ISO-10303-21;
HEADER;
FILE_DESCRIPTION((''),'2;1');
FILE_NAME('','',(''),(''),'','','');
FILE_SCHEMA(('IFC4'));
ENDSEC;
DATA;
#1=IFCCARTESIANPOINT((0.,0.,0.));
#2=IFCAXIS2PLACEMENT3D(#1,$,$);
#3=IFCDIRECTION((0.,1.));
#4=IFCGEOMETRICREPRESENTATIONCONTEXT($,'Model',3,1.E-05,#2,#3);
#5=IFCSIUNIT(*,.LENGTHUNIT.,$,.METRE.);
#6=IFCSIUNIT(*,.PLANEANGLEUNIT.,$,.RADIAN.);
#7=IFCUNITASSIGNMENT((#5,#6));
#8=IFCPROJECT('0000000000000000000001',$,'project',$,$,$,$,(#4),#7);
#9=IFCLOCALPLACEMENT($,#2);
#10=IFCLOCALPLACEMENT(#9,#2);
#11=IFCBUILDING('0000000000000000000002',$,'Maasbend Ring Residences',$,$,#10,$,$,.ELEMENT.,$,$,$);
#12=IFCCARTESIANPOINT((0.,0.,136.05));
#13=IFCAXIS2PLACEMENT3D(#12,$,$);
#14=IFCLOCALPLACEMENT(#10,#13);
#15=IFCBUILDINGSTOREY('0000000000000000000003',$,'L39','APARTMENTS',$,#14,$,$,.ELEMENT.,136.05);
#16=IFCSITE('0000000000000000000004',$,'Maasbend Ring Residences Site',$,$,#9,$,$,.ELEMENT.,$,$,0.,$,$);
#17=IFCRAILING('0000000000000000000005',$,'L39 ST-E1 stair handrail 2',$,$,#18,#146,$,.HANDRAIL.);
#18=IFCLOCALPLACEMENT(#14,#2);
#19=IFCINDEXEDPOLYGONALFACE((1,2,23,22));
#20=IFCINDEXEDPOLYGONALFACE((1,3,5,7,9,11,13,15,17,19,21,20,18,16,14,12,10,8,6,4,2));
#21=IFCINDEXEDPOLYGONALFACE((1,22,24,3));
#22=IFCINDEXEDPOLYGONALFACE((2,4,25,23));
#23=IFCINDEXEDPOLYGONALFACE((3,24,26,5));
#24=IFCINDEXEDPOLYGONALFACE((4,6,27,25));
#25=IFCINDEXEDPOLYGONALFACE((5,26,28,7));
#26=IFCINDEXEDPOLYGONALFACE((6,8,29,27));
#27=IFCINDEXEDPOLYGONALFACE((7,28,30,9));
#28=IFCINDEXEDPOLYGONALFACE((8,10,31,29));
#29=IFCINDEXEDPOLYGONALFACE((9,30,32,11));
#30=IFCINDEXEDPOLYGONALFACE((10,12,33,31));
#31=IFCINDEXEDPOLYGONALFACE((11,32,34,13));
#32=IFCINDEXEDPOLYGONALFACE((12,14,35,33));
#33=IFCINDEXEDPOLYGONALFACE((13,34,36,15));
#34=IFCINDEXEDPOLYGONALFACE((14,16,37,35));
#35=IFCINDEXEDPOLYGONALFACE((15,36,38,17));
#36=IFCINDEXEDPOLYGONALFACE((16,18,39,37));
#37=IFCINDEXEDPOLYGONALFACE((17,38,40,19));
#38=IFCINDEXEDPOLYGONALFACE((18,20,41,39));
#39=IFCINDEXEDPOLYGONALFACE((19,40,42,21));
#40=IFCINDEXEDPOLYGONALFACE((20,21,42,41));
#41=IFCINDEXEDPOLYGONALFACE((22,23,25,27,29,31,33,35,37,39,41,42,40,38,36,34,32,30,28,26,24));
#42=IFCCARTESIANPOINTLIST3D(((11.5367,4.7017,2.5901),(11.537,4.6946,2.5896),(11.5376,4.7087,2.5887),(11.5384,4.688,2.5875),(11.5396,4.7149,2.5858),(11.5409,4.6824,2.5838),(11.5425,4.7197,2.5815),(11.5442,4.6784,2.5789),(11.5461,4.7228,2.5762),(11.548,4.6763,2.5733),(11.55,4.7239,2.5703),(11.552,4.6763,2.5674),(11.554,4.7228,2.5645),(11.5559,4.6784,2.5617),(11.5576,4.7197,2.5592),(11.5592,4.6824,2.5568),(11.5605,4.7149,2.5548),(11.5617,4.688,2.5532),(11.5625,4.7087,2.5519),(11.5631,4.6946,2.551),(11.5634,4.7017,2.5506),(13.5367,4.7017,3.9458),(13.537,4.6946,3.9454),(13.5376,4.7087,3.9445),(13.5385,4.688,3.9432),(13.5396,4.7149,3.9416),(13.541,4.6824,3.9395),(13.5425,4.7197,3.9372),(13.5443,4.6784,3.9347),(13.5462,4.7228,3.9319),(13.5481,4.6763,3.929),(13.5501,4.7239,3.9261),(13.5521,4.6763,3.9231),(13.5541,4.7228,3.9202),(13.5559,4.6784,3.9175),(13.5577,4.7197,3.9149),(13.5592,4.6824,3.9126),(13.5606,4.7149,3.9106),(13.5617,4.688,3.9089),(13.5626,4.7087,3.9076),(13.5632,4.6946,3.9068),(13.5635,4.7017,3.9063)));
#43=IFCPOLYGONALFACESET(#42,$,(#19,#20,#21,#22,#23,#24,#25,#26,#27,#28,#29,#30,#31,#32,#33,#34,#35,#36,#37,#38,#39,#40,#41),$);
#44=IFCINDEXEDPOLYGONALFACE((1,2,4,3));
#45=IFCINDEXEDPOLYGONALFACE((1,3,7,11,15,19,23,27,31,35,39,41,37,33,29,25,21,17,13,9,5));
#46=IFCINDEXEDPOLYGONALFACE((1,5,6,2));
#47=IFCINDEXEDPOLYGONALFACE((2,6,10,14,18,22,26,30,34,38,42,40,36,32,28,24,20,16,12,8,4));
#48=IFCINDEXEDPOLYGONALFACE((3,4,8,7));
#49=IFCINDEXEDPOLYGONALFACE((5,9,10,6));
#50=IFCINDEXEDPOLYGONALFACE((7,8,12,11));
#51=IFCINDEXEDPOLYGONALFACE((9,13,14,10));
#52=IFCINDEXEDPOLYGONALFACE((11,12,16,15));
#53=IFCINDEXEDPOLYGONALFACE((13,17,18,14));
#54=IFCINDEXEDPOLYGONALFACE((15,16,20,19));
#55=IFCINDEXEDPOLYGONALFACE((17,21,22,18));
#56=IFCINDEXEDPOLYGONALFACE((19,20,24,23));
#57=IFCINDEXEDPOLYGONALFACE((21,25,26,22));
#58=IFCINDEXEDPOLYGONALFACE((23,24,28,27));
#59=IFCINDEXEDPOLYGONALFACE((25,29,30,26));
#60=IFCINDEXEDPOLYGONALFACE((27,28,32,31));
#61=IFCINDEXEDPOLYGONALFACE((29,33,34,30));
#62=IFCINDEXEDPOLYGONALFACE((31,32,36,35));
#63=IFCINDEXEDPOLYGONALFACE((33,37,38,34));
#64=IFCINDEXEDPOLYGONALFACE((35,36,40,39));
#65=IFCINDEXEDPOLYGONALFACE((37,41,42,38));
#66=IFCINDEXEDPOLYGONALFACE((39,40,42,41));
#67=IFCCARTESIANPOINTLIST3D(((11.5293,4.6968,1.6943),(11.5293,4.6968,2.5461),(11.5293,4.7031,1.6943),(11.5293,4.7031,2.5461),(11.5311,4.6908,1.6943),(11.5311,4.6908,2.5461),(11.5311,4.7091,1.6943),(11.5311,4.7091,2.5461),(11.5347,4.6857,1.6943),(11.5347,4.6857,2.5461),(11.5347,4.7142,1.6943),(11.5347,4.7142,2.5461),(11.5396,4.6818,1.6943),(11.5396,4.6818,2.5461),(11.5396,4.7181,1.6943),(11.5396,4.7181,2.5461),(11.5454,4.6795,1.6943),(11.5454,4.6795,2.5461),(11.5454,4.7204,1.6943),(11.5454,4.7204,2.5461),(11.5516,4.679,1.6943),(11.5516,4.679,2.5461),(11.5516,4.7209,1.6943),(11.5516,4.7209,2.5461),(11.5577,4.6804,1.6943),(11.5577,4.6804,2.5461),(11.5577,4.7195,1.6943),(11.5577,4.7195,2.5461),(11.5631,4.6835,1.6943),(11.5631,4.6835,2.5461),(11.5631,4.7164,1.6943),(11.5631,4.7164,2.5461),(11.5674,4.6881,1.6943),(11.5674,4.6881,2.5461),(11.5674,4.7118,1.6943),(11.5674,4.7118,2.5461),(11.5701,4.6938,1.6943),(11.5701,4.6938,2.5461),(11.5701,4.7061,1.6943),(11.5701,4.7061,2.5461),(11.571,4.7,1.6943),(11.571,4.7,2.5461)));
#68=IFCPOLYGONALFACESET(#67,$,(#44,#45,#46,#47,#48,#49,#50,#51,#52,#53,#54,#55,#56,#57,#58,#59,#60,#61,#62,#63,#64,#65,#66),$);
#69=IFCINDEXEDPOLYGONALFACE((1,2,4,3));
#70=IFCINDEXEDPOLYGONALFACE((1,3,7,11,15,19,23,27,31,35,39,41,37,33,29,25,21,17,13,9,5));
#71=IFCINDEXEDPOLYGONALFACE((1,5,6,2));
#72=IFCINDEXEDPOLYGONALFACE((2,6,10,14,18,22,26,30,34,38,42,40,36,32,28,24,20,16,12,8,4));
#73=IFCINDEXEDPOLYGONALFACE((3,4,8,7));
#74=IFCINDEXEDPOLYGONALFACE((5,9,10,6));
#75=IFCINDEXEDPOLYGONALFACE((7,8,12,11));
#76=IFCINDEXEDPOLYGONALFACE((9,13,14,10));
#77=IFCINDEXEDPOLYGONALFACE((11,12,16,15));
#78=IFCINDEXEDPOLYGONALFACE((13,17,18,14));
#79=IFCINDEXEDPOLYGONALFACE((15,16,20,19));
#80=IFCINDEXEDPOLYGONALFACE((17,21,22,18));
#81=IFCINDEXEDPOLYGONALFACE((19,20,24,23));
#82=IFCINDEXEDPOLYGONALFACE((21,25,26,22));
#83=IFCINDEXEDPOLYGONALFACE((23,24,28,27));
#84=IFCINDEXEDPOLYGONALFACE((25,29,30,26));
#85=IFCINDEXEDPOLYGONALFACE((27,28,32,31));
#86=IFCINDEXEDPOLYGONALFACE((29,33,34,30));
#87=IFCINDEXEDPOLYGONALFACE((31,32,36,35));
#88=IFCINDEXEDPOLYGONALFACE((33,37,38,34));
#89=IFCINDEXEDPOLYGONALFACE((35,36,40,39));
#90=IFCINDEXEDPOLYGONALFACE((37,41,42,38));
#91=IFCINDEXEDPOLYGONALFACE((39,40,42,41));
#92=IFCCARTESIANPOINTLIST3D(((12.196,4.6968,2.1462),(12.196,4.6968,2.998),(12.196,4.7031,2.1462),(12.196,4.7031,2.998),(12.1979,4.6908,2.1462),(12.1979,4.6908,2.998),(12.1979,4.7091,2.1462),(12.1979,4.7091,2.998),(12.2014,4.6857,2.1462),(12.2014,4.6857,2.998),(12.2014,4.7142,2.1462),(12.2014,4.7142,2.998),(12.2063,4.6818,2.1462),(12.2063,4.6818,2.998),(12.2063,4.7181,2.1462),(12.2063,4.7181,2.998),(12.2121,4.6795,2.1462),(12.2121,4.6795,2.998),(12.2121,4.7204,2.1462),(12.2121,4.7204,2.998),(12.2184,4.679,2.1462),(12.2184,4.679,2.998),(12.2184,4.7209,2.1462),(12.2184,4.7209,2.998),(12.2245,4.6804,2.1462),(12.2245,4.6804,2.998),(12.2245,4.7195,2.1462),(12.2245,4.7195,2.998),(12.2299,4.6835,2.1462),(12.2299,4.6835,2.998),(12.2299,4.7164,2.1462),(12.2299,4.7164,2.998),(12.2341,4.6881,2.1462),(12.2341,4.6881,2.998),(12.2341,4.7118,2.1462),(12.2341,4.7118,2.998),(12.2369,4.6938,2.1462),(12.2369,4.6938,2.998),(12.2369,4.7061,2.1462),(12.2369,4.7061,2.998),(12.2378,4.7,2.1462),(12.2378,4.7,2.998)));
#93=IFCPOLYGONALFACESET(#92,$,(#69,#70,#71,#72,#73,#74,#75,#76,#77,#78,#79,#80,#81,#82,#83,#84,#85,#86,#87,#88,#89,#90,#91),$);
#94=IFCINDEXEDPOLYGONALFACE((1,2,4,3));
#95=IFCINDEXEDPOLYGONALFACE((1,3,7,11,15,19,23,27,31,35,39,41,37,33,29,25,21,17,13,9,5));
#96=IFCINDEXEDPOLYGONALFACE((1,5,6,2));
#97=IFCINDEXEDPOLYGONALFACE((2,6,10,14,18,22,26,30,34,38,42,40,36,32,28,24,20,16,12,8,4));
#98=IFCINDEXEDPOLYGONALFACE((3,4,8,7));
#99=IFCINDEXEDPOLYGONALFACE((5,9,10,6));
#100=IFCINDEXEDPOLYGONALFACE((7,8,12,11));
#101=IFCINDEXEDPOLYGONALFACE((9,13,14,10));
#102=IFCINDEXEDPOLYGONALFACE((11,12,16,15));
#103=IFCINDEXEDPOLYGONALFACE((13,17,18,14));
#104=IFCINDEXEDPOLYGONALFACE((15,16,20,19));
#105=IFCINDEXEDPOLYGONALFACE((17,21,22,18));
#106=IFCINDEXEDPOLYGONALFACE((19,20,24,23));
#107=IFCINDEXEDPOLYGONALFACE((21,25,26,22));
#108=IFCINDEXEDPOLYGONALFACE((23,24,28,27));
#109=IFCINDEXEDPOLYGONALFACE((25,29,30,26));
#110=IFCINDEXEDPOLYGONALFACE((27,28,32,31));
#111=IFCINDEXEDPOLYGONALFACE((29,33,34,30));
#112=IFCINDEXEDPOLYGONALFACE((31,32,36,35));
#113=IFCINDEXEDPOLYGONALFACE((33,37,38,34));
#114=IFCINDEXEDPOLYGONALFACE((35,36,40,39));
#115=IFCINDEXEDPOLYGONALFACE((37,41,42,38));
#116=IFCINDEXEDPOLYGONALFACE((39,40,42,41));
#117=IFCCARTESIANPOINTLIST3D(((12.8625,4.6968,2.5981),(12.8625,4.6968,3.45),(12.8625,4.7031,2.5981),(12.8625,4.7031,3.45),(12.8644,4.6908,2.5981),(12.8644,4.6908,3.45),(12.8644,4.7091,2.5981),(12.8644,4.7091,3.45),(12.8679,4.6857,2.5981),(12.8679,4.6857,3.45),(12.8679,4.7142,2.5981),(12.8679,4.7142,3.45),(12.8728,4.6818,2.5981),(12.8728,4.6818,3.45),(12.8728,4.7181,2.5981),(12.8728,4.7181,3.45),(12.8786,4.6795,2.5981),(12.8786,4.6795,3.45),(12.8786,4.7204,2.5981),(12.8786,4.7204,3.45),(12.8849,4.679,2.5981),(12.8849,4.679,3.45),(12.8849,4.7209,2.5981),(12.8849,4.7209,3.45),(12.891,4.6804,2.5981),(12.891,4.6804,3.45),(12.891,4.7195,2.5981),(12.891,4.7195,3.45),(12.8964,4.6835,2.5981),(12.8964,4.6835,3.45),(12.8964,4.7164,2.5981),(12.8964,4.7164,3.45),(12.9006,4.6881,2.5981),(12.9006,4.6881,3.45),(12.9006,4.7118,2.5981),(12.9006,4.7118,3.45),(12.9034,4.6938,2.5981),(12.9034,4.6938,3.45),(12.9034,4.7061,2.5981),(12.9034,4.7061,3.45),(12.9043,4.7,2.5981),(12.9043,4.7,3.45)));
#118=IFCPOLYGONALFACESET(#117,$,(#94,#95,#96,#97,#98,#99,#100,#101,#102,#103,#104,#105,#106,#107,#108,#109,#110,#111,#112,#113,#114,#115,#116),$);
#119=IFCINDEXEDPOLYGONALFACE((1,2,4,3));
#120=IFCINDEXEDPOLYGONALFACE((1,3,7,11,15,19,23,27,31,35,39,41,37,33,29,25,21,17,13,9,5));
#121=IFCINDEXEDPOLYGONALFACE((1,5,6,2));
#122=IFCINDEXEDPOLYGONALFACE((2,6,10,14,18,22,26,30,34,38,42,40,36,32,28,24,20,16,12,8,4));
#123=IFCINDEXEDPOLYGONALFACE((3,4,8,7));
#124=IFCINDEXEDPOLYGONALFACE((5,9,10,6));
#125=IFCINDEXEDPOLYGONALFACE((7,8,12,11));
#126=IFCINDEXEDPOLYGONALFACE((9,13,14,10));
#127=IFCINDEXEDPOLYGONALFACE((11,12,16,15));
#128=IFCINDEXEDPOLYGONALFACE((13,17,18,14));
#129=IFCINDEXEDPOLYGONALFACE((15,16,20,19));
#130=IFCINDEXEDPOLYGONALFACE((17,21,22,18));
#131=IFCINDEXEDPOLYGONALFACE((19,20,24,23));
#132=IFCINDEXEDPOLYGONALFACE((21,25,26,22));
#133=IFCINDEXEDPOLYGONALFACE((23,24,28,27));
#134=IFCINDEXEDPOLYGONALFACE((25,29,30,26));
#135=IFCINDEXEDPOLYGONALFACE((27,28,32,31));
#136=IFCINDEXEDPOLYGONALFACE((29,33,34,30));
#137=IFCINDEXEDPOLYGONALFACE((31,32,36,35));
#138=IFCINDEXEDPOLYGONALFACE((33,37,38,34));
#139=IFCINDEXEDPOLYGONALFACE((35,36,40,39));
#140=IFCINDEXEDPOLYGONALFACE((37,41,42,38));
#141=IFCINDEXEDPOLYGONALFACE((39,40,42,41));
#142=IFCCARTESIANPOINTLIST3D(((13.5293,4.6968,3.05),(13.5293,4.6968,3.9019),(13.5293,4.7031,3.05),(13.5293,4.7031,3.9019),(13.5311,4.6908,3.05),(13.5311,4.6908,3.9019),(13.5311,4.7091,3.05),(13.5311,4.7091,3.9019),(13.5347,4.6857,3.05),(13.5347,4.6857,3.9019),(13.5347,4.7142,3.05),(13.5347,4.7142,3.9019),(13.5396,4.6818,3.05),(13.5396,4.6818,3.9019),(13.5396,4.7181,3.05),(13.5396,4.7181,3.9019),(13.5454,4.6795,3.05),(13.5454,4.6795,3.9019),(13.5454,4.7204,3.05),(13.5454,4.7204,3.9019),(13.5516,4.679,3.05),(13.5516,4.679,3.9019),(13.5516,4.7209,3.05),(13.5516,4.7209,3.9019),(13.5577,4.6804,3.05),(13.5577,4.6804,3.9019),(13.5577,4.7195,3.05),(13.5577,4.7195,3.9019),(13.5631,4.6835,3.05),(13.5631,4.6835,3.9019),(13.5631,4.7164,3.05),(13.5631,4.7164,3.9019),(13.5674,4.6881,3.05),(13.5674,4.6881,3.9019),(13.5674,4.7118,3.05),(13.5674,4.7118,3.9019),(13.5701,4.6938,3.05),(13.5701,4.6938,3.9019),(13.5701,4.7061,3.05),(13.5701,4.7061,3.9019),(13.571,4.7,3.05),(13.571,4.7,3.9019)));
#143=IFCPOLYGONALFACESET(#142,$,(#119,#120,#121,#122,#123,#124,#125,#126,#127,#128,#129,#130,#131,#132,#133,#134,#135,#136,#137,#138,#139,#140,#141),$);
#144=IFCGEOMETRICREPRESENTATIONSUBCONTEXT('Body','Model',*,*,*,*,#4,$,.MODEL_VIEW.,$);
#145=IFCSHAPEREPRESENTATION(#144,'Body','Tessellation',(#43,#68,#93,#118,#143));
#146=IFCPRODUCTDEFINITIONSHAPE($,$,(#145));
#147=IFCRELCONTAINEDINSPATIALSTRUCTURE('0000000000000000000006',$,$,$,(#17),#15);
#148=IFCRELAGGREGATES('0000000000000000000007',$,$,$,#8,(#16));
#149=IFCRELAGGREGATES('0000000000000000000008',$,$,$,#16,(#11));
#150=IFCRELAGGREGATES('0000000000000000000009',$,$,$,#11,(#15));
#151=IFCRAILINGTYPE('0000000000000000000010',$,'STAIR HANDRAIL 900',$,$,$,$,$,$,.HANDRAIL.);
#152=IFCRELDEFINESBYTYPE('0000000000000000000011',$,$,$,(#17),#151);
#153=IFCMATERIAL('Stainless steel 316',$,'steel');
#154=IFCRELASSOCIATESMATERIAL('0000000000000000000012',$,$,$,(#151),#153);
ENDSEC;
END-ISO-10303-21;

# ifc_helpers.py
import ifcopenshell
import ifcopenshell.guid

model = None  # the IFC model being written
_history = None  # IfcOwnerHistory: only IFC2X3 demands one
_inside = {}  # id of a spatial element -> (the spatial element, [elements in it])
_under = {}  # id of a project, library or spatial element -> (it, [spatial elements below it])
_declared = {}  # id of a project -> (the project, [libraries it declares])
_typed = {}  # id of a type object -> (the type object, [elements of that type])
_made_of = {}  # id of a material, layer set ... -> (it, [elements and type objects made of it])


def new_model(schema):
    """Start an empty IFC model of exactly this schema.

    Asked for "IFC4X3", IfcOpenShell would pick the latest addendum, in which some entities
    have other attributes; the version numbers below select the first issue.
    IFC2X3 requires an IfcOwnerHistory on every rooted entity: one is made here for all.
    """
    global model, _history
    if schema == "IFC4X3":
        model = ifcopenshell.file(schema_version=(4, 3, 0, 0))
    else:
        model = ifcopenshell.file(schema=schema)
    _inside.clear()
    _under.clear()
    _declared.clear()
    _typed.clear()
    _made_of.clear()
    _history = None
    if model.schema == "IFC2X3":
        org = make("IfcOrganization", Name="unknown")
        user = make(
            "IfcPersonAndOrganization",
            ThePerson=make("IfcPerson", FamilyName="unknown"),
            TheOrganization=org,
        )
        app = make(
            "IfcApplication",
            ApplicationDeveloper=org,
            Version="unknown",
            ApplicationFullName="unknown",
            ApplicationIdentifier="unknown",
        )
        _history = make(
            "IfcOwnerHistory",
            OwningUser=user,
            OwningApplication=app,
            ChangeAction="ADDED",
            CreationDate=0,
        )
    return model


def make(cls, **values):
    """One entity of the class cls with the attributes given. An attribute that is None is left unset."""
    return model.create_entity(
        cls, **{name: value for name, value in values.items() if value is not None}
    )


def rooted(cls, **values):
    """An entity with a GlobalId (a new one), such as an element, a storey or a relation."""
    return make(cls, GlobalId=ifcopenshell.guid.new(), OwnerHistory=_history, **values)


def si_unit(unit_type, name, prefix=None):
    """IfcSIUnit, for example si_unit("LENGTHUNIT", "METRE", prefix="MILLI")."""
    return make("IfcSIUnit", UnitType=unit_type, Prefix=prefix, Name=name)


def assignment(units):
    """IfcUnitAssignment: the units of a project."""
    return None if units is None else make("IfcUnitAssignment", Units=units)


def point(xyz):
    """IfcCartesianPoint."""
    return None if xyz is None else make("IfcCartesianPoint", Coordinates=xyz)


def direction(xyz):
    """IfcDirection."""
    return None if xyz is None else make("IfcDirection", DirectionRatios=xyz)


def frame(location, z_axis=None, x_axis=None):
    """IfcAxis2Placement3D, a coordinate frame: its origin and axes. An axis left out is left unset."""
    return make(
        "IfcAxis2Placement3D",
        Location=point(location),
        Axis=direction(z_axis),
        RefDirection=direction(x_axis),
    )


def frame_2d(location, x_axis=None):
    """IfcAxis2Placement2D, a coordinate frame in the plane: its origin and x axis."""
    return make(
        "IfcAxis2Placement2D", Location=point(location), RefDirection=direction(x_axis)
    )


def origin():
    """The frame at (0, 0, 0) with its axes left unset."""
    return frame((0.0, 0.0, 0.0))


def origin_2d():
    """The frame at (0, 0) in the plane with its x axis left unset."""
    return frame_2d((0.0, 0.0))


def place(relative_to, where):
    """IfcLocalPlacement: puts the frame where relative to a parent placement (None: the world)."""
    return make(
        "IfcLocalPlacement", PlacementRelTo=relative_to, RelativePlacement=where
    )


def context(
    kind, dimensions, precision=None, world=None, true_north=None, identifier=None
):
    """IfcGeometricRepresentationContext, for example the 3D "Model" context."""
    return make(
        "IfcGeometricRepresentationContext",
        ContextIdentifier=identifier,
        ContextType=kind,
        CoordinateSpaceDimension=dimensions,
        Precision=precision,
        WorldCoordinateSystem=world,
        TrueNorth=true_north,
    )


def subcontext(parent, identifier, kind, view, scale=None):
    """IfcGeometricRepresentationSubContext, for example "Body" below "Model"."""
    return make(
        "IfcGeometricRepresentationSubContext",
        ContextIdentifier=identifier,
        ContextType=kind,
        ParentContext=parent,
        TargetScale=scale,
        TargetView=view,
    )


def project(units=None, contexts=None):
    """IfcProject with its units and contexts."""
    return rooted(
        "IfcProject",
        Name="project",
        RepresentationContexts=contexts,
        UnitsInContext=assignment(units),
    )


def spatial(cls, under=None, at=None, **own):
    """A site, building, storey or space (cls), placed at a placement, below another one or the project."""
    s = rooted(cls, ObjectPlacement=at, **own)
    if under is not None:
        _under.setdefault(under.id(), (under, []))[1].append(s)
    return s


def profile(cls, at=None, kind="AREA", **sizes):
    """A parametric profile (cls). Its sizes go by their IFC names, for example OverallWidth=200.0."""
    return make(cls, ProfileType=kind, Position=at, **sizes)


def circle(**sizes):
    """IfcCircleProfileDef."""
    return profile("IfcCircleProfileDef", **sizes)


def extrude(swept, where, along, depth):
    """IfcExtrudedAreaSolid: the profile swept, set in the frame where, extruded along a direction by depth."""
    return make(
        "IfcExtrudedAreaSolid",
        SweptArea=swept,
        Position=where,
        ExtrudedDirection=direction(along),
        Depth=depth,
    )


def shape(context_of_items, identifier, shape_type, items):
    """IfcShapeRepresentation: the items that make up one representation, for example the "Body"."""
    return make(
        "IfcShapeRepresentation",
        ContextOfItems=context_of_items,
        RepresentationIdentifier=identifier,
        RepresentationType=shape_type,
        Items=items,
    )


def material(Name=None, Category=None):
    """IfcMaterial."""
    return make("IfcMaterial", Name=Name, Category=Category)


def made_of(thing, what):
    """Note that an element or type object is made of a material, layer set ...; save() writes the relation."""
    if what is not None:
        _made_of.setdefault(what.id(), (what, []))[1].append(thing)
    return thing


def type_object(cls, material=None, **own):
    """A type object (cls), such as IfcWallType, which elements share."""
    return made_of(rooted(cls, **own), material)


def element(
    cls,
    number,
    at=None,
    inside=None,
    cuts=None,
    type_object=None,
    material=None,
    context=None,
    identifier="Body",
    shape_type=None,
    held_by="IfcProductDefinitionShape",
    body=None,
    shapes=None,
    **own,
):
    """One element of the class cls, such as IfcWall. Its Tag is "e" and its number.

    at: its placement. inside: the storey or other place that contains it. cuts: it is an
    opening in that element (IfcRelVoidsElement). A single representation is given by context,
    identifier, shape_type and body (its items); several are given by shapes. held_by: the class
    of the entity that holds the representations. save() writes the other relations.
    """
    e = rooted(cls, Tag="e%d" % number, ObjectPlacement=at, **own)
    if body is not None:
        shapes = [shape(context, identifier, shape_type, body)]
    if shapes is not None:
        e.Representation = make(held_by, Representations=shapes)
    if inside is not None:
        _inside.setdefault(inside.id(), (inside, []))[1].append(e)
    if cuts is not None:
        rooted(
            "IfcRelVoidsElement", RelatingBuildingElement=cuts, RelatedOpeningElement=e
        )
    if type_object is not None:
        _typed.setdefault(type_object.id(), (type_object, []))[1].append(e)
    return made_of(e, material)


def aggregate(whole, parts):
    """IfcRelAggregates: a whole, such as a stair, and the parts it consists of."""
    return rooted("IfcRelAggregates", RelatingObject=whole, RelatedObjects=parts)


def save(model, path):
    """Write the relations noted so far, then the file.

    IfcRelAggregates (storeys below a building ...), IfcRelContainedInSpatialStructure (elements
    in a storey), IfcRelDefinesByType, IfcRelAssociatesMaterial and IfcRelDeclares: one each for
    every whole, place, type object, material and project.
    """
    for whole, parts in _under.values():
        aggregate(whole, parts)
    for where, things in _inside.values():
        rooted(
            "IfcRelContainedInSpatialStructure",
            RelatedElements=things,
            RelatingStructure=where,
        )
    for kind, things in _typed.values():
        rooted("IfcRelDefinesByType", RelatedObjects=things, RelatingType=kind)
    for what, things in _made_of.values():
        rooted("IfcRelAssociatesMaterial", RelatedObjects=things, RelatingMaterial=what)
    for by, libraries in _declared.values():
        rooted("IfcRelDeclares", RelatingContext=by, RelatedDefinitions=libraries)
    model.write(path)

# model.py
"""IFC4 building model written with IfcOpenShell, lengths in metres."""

from ifc_helpers import new_model, si_unit, direction, frame, origin, origin_2d, place, context, subcontext, project, spatial, circle, extrude, material, type_object, element, save


model = new_model("IFC4")

# Units and contexts
model_context = context("Model", 3, precision=1e-05, world=origin(), true_north=direction((0.0, 1.0)))
body_context = subcontext(model_context, "Body", "Model", "MODEL_VIEW")
ifc_project = project(units=[si_unit("LENGTHUNIT", "METRE"), si_unit("PLANEANGLEUNIT", "RADIAN")], contexts=[model_context])

# Site, building, storey
site_placement = place(None, origin())
site = spatial("IfcSite", under=ifc_project, at=site_placement, Name="Maasbend Ring Residences Site", CompositionType="ELEMENT", RefElevation=0.0)
building_placement = place(site_placement, origin())
building = spatial("IfcBuilding", under=site, at=building_placement, Name="Maasbend Ring Residences", CompositionType="ELEMENT")
storey_placement = place(building_placement, frame((0.0, 0.0, 136.05)))
storey = spatial("IfcBuildingStorey", under=building, at=storey_placement, Name="L39", Description="APARTMENTS", CompositionType="ELEMENT", Elevation=136.05)

# Railing
ifc_material_1 = material(Name="Stainless steel 316", Category="steel")
railing_type_1 = type_object("IfcRailingType", Name="STAIR HANDRAIL 900", PredefinedType="HANDRAIL", material=ifc_material_1)
railing_1_placement = place(storey_placement, frame((11.55, 4.7, 1.6943)))
element("IfcRailing", 1, at=railing_1_placement, inside=storey, type_object=railing_type_1, Name="L39 ST-E1 stair handrail 2", PredefinedType="HANDRAIL", context=body_context, shape_type="SweptSolid", body=[
    extrude(circle(Radius=0.0239, at=origin_2d()), frame((0.0, 0.0, 0.876), z_axis=(0.827751, 0.0, 0.561096), x_axis=(0.0, 1.0, 0.0)), (0.0, 0.0, 1.0), 2.4163),
    extrude(circle(Radius=0.021, at=origin_2d()), origin(), (0.0, 0.0, 1.0), 0.8518),
    extrude(circle(Radius=0.021, at=origin_2d()), frame((0.6667, 0.0, 0.4519)), (0.0, 0.0, 1.0), 0.8518),
    extrude(circle(Radius=0.021, at=origin_2d()), frame((1.3333, 0.0, 0.9038)), (0.0, 0.0, 1.0), 0.8518),
    extrude(circle(Radius=0.021, at=origin_2d()), frame((2.0, 0.0, 1.3557)), (0.0, 0.0, 1.0), 0.8518),
])

save(model, "model.ifc")
